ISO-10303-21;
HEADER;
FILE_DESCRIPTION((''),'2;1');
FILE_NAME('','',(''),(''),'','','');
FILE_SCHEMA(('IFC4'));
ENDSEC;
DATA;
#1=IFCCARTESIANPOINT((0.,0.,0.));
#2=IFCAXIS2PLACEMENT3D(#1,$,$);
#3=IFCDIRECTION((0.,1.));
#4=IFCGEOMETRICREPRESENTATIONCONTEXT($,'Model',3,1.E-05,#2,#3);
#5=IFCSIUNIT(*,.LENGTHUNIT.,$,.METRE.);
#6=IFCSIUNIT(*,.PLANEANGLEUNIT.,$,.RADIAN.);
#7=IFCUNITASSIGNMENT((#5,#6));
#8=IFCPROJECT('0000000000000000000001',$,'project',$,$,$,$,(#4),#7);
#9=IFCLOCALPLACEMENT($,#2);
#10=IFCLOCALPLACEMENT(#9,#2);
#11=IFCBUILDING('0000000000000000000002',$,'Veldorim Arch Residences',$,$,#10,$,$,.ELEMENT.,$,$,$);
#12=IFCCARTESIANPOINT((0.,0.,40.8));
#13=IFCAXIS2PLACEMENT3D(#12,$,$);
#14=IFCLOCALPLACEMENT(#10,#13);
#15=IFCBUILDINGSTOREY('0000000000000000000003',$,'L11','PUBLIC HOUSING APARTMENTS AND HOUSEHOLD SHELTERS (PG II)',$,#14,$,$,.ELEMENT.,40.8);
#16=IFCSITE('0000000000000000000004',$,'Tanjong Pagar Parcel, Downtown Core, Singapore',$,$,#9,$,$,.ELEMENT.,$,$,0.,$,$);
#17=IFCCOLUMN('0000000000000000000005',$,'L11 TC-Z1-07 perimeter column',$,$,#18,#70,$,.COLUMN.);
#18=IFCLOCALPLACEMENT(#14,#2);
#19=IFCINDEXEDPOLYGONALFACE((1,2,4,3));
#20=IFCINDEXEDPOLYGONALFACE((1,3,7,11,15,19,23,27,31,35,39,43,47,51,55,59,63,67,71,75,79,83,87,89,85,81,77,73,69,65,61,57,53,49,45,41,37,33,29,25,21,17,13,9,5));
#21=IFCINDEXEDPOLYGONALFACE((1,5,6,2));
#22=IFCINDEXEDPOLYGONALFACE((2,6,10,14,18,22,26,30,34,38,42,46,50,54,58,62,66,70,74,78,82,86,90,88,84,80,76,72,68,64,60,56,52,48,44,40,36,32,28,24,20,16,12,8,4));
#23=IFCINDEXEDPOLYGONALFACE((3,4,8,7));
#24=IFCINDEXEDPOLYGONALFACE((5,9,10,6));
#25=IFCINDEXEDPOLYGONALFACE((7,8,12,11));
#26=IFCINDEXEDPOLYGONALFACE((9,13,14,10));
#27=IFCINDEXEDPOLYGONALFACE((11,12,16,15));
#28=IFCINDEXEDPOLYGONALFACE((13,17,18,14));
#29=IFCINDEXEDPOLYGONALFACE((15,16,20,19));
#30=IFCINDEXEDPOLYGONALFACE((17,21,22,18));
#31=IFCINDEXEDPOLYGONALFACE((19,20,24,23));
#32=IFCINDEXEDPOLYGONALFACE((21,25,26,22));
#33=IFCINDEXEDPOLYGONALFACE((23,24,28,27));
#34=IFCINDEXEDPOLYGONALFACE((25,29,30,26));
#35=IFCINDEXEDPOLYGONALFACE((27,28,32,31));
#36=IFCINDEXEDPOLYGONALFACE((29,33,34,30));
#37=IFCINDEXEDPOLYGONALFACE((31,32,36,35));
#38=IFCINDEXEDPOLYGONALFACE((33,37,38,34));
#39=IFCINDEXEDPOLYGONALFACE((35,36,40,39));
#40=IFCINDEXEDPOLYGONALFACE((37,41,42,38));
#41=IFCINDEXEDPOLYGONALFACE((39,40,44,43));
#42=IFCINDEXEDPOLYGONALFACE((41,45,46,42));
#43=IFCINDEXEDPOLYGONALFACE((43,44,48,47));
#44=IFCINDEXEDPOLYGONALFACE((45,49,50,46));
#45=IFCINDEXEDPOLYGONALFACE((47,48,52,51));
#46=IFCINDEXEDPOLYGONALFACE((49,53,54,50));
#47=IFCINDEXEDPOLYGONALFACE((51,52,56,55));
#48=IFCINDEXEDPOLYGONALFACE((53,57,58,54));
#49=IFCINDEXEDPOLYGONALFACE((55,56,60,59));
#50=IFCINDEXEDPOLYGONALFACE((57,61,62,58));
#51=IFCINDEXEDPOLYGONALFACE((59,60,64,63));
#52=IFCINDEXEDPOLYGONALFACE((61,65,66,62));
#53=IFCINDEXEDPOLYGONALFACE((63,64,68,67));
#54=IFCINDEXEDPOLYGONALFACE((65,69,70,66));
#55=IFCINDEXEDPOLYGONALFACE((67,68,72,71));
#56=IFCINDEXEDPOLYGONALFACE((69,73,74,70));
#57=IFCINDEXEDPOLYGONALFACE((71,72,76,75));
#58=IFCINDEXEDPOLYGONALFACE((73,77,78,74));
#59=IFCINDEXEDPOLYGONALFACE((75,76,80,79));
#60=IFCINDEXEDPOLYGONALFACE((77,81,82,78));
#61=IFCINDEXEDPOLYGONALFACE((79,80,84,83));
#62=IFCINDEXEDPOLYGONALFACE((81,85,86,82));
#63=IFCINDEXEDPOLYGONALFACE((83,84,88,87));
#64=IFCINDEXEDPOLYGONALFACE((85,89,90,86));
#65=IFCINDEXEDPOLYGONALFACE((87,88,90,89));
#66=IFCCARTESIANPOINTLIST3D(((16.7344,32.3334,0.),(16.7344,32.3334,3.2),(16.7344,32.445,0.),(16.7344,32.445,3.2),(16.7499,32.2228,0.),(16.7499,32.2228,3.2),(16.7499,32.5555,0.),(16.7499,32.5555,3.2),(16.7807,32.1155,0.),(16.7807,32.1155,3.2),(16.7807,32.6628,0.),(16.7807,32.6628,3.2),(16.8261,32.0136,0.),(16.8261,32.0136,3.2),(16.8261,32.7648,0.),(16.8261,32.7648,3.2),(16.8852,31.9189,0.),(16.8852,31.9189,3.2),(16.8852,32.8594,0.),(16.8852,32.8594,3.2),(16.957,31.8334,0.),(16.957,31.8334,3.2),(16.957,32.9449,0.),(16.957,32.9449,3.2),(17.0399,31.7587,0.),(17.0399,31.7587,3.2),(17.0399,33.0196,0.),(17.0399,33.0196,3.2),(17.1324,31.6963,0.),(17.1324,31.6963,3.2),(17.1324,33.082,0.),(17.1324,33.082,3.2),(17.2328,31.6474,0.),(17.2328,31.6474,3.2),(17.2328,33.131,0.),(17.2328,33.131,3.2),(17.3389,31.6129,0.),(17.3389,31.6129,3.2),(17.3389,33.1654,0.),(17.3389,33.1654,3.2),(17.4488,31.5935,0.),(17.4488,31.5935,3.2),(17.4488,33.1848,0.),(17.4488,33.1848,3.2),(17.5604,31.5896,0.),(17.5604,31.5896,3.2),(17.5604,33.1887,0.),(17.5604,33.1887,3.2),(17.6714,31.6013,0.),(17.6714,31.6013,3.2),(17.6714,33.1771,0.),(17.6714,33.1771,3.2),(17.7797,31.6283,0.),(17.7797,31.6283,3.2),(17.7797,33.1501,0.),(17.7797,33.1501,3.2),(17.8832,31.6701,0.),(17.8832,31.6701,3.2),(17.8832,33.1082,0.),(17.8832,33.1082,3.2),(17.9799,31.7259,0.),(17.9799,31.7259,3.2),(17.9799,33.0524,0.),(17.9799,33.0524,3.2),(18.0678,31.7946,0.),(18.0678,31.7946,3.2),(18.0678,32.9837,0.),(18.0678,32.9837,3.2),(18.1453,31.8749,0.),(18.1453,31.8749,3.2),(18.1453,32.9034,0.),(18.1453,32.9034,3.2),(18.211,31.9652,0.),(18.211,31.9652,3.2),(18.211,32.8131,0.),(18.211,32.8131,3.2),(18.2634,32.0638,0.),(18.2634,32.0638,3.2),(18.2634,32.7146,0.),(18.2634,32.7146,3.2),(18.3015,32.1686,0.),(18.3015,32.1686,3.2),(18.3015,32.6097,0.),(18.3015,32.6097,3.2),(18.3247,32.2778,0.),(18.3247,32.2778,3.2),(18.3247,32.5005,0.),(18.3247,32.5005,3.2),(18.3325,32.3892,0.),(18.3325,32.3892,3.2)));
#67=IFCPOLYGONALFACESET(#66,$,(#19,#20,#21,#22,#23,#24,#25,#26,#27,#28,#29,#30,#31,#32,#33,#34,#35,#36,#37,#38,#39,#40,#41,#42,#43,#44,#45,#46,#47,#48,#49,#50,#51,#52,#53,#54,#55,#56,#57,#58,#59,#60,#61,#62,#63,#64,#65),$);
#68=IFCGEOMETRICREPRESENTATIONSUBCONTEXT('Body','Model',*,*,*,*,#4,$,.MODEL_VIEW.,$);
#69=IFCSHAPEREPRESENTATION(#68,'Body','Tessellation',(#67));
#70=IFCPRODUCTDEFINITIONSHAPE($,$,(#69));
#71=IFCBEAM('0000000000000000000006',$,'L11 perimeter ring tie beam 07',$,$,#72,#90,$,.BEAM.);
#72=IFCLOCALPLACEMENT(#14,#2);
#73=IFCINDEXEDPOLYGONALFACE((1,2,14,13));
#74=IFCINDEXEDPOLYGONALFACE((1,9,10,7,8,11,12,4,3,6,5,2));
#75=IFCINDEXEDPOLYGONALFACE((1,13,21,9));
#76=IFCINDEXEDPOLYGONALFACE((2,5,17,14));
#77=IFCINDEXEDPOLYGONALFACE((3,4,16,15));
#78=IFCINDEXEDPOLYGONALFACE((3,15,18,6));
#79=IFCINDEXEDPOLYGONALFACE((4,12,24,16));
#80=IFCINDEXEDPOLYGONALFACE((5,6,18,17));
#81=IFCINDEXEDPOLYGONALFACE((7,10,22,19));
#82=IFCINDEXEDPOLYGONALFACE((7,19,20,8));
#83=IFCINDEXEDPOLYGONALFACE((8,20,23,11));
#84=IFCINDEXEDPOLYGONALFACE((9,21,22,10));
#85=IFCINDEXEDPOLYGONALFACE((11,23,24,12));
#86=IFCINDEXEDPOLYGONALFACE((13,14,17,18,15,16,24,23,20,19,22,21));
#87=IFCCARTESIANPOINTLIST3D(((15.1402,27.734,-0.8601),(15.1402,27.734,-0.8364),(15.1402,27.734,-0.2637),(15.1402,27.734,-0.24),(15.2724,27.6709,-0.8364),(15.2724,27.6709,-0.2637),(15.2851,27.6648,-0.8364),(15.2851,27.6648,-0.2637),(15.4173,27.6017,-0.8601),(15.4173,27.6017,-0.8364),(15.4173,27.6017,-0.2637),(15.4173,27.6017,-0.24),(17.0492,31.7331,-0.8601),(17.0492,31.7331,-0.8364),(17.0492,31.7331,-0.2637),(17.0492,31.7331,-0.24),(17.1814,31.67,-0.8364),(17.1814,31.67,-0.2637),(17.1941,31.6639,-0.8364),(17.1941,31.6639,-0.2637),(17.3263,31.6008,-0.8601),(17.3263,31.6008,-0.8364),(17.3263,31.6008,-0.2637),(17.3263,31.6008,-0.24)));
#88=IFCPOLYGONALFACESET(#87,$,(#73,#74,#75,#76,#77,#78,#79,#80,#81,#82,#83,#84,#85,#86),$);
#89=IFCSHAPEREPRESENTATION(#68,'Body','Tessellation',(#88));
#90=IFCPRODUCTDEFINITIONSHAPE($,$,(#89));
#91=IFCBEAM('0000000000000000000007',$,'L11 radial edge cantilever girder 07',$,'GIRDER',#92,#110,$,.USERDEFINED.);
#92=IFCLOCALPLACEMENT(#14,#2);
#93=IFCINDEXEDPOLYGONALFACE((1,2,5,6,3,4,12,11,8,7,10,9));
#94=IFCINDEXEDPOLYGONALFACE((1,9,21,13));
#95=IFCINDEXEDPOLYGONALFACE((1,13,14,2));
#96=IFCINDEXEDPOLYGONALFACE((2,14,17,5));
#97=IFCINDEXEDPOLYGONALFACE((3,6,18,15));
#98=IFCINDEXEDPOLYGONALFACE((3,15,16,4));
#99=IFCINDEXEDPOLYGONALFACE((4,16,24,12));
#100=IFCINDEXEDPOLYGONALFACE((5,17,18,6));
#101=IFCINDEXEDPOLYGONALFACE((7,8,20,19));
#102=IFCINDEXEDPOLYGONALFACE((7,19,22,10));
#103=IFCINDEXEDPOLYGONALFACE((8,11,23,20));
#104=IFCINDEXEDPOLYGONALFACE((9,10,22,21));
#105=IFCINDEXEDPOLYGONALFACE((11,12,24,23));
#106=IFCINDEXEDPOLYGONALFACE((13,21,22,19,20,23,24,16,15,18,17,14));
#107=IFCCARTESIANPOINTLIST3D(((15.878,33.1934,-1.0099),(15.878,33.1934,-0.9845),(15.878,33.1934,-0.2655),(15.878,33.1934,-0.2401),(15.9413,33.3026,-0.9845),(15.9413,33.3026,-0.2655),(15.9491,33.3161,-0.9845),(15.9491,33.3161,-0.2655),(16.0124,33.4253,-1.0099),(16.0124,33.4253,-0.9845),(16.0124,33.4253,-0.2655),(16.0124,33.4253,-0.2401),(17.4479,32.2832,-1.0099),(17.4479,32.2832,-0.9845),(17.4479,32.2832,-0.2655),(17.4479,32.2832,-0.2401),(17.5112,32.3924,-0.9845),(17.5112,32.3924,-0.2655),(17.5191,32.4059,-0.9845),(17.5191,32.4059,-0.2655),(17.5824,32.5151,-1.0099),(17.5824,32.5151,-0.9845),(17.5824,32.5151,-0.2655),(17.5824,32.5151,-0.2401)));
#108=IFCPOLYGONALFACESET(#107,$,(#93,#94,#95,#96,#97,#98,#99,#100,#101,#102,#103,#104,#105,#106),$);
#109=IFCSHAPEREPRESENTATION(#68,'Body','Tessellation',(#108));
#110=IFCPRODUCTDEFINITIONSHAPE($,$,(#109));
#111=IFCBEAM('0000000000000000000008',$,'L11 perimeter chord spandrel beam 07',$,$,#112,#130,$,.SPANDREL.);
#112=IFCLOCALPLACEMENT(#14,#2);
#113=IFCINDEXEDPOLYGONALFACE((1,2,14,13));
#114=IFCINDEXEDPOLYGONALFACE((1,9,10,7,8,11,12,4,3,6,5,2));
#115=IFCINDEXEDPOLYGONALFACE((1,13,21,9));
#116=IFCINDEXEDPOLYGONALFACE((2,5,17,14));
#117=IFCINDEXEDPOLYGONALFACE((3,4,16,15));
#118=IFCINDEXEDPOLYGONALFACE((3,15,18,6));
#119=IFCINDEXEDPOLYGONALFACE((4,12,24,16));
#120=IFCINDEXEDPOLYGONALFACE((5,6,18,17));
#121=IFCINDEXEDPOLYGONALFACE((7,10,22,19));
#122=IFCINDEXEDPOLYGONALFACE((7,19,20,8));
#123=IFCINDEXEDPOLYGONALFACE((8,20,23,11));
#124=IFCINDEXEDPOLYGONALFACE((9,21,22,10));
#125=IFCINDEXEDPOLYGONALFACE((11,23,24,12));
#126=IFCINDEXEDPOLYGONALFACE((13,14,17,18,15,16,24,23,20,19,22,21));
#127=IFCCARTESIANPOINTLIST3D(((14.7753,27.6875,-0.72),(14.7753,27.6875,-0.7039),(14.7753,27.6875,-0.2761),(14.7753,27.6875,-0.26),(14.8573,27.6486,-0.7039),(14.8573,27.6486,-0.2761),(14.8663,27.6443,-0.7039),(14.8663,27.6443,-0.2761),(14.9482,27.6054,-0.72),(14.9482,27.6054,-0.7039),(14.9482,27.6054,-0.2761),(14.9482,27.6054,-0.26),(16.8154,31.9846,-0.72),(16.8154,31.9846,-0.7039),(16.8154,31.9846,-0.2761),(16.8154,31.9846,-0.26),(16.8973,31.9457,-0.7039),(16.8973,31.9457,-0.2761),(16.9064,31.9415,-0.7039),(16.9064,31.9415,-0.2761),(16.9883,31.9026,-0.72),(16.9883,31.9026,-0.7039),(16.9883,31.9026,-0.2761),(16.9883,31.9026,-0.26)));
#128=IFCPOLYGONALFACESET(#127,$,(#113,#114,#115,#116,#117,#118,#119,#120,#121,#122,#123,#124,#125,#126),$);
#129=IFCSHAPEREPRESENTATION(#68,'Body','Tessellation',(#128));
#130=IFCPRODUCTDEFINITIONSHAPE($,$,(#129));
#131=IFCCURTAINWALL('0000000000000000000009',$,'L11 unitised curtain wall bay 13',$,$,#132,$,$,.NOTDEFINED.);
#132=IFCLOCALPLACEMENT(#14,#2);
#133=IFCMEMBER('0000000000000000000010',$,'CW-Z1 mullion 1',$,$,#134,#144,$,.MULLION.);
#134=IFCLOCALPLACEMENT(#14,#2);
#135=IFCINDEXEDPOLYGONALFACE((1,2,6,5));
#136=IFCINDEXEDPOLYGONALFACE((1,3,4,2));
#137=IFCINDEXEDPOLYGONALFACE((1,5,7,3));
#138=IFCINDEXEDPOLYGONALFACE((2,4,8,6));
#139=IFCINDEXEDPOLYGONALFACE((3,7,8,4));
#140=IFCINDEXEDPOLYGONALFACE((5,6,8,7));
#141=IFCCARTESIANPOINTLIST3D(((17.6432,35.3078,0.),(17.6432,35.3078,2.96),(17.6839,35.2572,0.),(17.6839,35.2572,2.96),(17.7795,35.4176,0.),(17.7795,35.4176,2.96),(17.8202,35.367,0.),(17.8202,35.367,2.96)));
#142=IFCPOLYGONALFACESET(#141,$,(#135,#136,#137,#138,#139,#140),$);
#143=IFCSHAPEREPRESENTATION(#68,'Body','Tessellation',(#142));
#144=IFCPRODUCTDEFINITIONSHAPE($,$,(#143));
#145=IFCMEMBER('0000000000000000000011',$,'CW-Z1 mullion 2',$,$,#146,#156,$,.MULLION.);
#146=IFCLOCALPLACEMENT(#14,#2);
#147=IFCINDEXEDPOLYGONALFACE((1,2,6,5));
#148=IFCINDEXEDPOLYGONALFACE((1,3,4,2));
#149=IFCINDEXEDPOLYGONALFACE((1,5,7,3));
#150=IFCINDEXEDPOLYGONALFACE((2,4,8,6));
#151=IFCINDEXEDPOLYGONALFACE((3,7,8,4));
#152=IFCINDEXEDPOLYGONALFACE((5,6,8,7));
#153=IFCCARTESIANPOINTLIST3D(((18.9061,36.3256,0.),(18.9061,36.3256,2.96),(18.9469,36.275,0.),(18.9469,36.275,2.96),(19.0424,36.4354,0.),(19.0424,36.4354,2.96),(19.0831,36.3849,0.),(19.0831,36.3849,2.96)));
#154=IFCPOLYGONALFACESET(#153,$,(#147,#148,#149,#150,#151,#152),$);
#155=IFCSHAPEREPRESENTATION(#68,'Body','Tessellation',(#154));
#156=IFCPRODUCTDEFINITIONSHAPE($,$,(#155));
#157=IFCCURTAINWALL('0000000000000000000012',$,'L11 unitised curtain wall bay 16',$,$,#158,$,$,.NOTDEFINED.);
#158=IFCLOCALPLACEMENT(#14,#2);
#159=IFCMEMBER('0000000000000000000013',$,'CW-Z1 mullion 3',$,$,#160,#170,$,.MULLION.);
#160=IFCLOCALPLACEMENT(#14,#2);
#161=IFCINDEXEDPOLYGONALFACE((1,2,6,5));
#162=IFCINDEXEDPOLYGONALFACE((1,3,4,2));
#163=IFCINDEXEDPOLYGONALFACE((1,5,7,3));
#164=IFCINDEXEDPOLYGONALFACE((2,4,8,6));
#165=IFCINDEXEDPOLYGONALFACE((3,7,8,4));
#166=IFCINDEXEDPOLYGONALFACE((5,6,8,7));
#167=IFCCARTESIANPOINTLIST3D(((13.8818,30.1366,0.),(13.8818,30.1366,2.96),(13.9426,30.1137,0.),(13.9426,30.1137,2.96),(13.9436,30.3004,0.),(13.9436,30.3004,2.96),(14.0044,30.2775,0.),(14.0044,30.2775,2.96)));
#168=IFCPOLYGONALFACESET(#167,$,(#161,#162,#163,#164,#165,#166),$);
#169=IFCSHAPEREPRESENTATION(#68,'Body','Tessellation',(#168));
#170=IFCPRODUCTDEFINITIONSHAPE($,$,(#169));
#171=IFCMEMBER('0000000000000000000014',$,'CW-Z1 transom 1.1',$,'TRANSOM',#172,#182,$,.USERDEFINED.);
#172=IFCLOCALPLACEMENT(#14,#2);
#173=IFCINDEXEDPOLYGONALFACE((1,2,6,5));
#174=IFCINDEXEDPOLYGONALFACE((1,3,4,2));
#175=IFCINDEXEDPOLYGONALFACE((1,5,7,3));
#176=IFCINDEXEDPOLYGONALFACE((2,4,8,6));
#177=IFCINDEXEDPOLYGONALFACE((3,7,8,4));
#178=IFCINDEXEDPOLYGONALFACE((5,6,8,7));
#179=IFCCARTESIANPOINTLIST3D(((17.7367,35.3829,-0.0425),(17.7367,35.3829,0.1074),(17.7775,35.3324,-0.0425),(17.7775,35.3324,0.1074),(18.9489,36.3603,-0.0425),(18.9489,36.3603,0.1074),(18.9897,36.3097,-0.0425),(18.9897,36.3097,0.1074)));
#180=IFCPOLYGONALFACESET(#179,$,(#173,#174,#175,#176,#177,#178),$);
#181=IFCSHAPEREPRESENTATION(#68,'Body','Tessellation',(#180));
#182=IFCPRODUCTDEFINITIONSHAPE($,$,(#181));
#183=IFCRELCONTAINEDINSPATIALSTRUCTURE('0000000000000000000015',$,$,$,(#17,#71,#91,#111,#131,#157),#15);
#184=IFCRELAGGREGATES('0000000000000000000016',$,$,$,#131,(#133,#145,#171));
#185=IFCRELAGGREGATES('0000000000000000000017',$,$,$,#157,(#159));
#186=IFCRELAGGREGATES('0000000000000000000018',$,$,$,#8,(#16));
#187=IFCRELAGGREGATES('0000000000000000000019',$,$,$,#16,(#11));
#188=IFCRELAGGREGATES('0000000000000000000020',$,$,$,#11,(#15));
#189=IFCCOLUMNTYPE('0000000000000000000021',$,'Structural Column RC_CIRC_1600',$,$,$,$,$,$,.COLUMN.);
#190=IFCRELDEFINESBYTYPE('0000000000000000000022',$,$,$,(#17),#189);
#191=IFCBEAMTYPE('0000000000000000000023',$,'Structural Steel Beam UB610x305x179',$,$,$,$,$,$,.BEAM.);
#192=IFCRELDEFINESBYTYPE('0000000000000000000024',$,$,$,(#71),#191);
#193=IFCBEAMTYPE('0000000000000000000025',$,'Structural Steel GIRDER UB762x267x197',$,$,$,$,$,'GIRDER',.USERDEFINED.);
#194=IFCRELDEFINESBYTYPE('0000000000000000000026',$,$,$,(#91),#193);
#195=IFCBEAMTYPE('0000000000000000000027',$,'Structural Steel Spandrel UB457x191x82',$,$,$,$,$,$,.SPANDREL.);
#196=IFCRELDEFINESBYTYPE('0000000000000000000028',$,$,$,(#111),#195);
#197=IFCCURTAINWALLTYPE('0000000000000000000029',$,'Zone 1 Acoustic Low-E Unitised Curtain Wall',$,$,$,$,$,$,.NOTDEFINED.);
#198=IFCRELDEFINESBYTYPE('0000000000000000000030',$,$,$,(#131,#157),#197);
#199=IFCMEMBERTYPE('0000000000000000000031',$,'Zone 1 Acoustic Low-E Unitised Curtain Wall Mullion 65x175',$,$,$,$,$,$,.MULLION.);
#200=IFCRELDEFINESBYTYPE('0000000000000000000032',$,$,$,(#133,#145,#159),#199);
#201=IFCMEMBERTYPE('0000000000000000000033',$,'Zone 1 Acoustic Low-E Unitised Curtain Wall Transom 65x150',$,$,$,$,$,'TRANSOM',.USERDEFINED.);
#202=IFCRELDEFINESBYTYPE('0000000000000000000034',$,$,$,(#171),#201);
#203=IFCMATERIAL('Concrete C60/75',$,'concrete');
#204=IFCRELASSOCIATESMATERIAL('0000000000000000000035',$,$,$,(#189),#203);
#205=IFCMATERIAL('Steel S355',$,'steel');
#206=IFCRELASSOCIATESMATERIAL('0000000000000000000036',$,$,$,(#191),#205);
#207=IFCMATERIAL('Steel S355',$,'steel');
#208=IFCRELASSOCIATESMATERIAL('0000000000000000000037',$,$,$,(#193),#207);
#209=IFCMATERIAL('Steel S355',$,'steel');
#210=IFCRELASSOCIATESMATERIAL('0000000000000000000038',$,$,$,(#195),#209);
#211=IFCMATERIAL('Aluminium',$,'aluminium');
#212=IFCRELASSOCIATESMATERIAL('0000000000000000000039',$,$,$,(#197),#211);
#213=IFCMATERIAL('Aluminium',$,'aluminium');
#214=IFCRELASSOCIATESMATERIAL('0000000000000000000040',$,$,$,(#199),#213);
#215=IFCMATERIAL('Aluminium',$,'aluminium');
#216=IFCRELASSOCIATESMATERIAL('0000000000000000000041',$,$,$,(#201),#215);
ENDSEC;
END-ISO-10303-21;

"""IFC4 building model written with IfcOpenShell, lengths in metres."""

from ifc_helpers import new_model, si_unit, direction, frame, origin, origin_2d, place, context, subcontext, project, spatial, rectangle, circle, i_section, extrude, material, material_profile, profile_set, type_object, element, aggregate, save


model = new_model("IFC4")

# Units and contexts
model_context = context("Model", 3, precision=1e-05, world=origin(), true_north=direction((0.0, 1.0)))
body_context = subcontext(model_context, "Body", "Model", "MODEL_VIEW")
ifc_project = project(units=[si_unit("LENGTHUNIT", "METRE"), si_unit("PLANEANGLEUNIT", "RADIAN")], contexts=[model_context])

# Site, building, storey
site_placement = place(None, origin())
site = spatial("IfcSite", under=ifc_project, at=site_placement, Name="Tanjong Pagar Parcel, Downtown Core, Singapore", CompositionType="ELEMENT", RefElevation=0.0)
building_placement = place(site_placement, origin())
building = spatial("IfcBuilding", under=site, at=building_placement, Name="Veldorim Arch Residences", CompositionType="ELEMENT")
storey_placement = place(building_placement, frame((0.0, 0.0, 40.8)))
storey = spatial("IfcBuildingStorey", under=building, at=storey_placement, Name="L11", Description="PUBLIC HOUSING APARTMENTS AND HOUSEHOLD SHELTERS (PG II)", CompositionType="ELEMENT", Elevation=40.8)

# Column
ifc_material_1 = material(Name="Concrete C60/75", Category="concrete")
ifc_material_profile_1 = material_profile(ifc_material_1, circle(Radius=0.8, at=origin_2d()), Name="RC_CIRC_1600")
ifc_profile_set_1 = profile_set([ifc_material_profile_1], Name="Concrete C60/75")
column_type = type_object("IfcColumnType", Name="Structural Column RC_CIRC_1600", PredefinedType="COLUMN", material=ifc_profile_set_1)
column_placement = place(storey_placement, frame((17.5325, 32.3892, 0.0), z_axis=(0.0, 0.0, 1.0), x_axis=(1.0, 0.0, 0.0)))
element("IfcColumn", 1, at=column_placement, inside=storey, type_object=column_type, Name="L11 TC-Z1-07 perimeter column", PredefinedType="COLUMN", context=body_context, shape_type="SweptSolid", body=[
    extrude(circle(Radius=0.8, at=origin_2d()), origin(), (0.0, 0.0, 1.0), 3.2),
])

# Beams
ifc_material_2 = material(Name="Steel S355", Category="steel")
ifc_material_profile_2 = material_profile(ifc_material_2, i_section(OverallWidth=0.3071, OverallDepth=0.6201, WebThickness=0.0142, FlangeThickness=0.0237, at=origin_2d()), Name="UB610x305x179")
ifc_profile_set_2 = profile_set([ifc_material_profile_2], Name="Steel S355")
beam_type_1 = type_object("IfcBeamType", Name="Structural Steel Beam UB610x305x179", PredefinedType="BEAM", material=ifc_profile_set_2)
beam_1_placement = place(storey_placement, frame((17.1877, 31.667, -0.55), z_axis=(-0.430787, -0.902454, 0.0), x_axis=(0.902454, -0.430787, 0.0)))
element("IfcBeam", 2, at=beam_1_placement, inside=storey, type_object=beam_type_1, Name="L11 perimeter ring tie beam 07", PredefinedType="BEAM", context=body_context, shape_type="SweptSolid", body=[
    extrude(i_section(OverallWidth=0.3071, OverallDepth=0.6201, WebThickness=0.0142, FlangeThickness=0.0237, at=origin_2d()), origin(), (0.0, 0.0, 1.0), 4.4314),
])
ifc_material_3 = material(Name="Steel S355", Category="steel")
ifc_material_profile_3 = material_profile(ifc_material_3, i_section(OverallWidth=0.2681, OverallDepth=0.7698, WebThickness=0.0156, FlangeThickness=0.0254, at=origin_2d()), Name="UB762x267x197")
ifc_profile_set_3 = profile_set([ifc_material_profile_3], Name="Steel S355")
beam_type_2 = type_object("IfcBeamType", Name="Structural Steel GIRDER UB762x267x197", ElementType="GIRDER", PredefinedType="USERDEFINED", material=ifc_profile_set_3)
beam_2_placement = place(storey_placement, frame((17.5151, 32.3992, -0.625), z_axis=(-0.865113, 0.501577, 0.0), x_axis=(-0.501577, -0.865113, 0.0)))
element("IfcBeam", 3, at=beam_2_placement, inside=storey, type_object=beam_type_2, Name="L11 radial edge cantilever girder 07", ObjectType="GIRDER", PredefinedType="USERDEFINED", context=body_context, shape_type="SweptSolid", body=[
    extrude(i_section(OverallWidth=0.2681, OverallDepth=0.7698, WebThickness=0.0156, FlangeThickness=0.0254, at=origin_2d()), origin(), (0.0, 0.0, 1.0), 1.8147),
])
ifc_material_4 = material(Name="Steel S355", Category="steel")
ifc_material_profile_4 = material_profile(ifc_material_4, i_section(OverallWidth=0.1914, OverallDepth=0.46, WebThickness=0.01, FlangeThickness=0.0161, at=origin_2d()), Name="UB457x191x82")
ifc_profile_set_4 = profile_set([ifc_material_profile_4], Name="Steel S355")
beam_type_3 = type_object("IfcBeamType", Name="Structural Steel Spandrel UB457x191x82", PredefinedType="SPANDREL", material=ifc_profile_set_4)
beam_3_placement = place(storey_placement, frame((16.9019, 31.9436, -0.49), z_axis=(-0.428869, -0.903366, 0.0), x_axis=(0.903366, -0.428869, 0.0)))
element("IfcBeam", 4, at=beam_3_placement, inside=storey, type_object=beam_type_3, Name="L11 perimeter chord spandrel beam 07", PredefinedType="SPANDREL", context=body_context, shape_type="SweptSolid", body=[
    extrude(i_section(OverallWidth=0.1914, OverallDepth=0.46, WebThickness=0.01, FlangeThickness=0.0161, at=origin_2d()), origin(), (0.0, 0.0, 1.0), 4.7568),
])

# Curtain wall, members
ifc_material_5 = material(Name="Aluminium", Category="aluminium")
curtain_wall_type = type_object("IfcCurtainWallType", Name="Zone 1 Acoustic Low-E Unitised Curtain Wall", PredefinedType="NOTDEFINED", material=ifc_material_5)
curtain_wall_1_placement = place(storey_placement, origin())
curtain_wall_1 = element("IfcCurtainWall", 5, at=curtain_wall_1_placement, inside=storey, type_object=curtain_wall_type, Name="L11 unitised curtain wall bay 13", PredefinedType="NOTDEFINED")
ifc_material_6 = material(Name="Aluminium", Category="aluminium")
ifc_material_profile_5 = material_profile(ifc_material_6, rectangle(XDim=0.0649, YDim=0.175, at=origin_2d()), Name="ALU_MUL_65x175")
ifc_profile_set_5 = profile_set([ifc_material_profile_5], Name="Aluminium")
member_type_1 = type_object("IfcMemberType", Name="Zone 1 Acoustic Low-E Unitised Curtain Wall Mullion 65x175", PredefinedType="MULLION", material=ifc_profile_set_5)
member_1_placement = place(storey_placement, frame((17.7317, 35.3374, 0.0), z_axis=(0.0, 0.0, 1.0), x_axis=(-0.627562, 0.778567, 0.0)))
member_1 = element("IfcMember", 6, at=member_1_placement, type_object=member_type_1, Name="CW-Z1 mullion 1", PredefinedType="MULLION", context=body_context, shape_type="SweptSolid", body=[
    extrude(rectangle(XDim=0.0649, YDim=0.175, at=origin_2d()), origin(), (0.0, 0.0, 1.0), 2.96),
])
member_2_placement = place(storey_placement, frame((18.9946, 36.3552, 0.0), z_axis=(0.0, 0.0, 1.0), x_axis=(-0.627562, 0.778567, 0.0)))
member_2 = element("IfcMember", 7, at=member_2_placement, type_object=member_type_1, Name="CW-Z1 mullion 2", PredefinedType="MULLION", context=body_context, shape_type="SweptSolid", body=[
    extrude(rectangle(XDim=0.0649, YDim=0.175, at=origin_2d()), origin(), (0.0, 0.0, 1.0), 2.96),
])

# Curtain wall, member
curtain_wall_2_placement = place(storey_placement, origin())
curtain_wall_2 = element("IfcCurtainWall", 8, at=curtain_wall_2_placement, inside=storey, type_object=curtain_wall_type, Name="L11 unitised curtain wall bay 16", PredefinedType="NOTDEFINED")
member_3_placement = place(storey_placement, frame((13.9431, 30.207, 0.0), z_axis=(0.0, 0.0, 1.0), x_axis=(-0.935656, 0.352914, 0.0)))
member_3 = element("IfcMember", 9, at=member_3_placement, type_object=member_type_1, Name="CW-Z1 mullion 3", PredefinedType="MULLION", context=body_context, shape_type="SweptSolid", body=[
    extrude(rectangle(XDim=0.0649, YDim=0.175, at=origin_2d()), origin(), (0.0, 0.0, 1.0), 2.96),
])

# Member
ifc_material_7 = material(Name="Aluminium", Category="aluminium")
ifc_material_profile_6 = material_profile(ifc_material_7, rectangle(XDim=0.0649, YDim=0.1499, at=origin_2d()), Name="ALU_TRN_65x150")
ifc_profile_set_6 = profile_set([ifc_material_profile_6], Name="Aluminium")
member_type_2 = type_object("IfcMemberType", Name="Zone 1 Acoustic Low-E Unitised Curtain Wall Transom 65x150", ElementType="TRANSOM", PredefinedType="USERDEFINED", material=ifc_profile_set_6)
member_4_placement = place(storey_placement, frame((17.7571, 35.3577, 0.0325), z_axis=(0.778492, 0.627654, 0.0), x_axis=(-0.627654, 0.778492, 0.0)))
member_4 = element("IfcMember", 10, at=member_4_placement, type_object=member_type_2, Name="CW-Z1 transom 1.1", ObjectType="TRANSOM", PredefinedType="USERDEFINED", context=body_context, shape_type="SweptSolid", body=[
    extrude(rectangle(XDim=0.0649, YDim=0.1499, at=origin_2d()), origin(), (0.0, 0.0, 1.0), 1.5571),
])

aggregate(curtain_wall_1, [member_1, member_2, member_4])
aggregate(curtain_wall_2, [member_3])

save(model, "model.ifc")
